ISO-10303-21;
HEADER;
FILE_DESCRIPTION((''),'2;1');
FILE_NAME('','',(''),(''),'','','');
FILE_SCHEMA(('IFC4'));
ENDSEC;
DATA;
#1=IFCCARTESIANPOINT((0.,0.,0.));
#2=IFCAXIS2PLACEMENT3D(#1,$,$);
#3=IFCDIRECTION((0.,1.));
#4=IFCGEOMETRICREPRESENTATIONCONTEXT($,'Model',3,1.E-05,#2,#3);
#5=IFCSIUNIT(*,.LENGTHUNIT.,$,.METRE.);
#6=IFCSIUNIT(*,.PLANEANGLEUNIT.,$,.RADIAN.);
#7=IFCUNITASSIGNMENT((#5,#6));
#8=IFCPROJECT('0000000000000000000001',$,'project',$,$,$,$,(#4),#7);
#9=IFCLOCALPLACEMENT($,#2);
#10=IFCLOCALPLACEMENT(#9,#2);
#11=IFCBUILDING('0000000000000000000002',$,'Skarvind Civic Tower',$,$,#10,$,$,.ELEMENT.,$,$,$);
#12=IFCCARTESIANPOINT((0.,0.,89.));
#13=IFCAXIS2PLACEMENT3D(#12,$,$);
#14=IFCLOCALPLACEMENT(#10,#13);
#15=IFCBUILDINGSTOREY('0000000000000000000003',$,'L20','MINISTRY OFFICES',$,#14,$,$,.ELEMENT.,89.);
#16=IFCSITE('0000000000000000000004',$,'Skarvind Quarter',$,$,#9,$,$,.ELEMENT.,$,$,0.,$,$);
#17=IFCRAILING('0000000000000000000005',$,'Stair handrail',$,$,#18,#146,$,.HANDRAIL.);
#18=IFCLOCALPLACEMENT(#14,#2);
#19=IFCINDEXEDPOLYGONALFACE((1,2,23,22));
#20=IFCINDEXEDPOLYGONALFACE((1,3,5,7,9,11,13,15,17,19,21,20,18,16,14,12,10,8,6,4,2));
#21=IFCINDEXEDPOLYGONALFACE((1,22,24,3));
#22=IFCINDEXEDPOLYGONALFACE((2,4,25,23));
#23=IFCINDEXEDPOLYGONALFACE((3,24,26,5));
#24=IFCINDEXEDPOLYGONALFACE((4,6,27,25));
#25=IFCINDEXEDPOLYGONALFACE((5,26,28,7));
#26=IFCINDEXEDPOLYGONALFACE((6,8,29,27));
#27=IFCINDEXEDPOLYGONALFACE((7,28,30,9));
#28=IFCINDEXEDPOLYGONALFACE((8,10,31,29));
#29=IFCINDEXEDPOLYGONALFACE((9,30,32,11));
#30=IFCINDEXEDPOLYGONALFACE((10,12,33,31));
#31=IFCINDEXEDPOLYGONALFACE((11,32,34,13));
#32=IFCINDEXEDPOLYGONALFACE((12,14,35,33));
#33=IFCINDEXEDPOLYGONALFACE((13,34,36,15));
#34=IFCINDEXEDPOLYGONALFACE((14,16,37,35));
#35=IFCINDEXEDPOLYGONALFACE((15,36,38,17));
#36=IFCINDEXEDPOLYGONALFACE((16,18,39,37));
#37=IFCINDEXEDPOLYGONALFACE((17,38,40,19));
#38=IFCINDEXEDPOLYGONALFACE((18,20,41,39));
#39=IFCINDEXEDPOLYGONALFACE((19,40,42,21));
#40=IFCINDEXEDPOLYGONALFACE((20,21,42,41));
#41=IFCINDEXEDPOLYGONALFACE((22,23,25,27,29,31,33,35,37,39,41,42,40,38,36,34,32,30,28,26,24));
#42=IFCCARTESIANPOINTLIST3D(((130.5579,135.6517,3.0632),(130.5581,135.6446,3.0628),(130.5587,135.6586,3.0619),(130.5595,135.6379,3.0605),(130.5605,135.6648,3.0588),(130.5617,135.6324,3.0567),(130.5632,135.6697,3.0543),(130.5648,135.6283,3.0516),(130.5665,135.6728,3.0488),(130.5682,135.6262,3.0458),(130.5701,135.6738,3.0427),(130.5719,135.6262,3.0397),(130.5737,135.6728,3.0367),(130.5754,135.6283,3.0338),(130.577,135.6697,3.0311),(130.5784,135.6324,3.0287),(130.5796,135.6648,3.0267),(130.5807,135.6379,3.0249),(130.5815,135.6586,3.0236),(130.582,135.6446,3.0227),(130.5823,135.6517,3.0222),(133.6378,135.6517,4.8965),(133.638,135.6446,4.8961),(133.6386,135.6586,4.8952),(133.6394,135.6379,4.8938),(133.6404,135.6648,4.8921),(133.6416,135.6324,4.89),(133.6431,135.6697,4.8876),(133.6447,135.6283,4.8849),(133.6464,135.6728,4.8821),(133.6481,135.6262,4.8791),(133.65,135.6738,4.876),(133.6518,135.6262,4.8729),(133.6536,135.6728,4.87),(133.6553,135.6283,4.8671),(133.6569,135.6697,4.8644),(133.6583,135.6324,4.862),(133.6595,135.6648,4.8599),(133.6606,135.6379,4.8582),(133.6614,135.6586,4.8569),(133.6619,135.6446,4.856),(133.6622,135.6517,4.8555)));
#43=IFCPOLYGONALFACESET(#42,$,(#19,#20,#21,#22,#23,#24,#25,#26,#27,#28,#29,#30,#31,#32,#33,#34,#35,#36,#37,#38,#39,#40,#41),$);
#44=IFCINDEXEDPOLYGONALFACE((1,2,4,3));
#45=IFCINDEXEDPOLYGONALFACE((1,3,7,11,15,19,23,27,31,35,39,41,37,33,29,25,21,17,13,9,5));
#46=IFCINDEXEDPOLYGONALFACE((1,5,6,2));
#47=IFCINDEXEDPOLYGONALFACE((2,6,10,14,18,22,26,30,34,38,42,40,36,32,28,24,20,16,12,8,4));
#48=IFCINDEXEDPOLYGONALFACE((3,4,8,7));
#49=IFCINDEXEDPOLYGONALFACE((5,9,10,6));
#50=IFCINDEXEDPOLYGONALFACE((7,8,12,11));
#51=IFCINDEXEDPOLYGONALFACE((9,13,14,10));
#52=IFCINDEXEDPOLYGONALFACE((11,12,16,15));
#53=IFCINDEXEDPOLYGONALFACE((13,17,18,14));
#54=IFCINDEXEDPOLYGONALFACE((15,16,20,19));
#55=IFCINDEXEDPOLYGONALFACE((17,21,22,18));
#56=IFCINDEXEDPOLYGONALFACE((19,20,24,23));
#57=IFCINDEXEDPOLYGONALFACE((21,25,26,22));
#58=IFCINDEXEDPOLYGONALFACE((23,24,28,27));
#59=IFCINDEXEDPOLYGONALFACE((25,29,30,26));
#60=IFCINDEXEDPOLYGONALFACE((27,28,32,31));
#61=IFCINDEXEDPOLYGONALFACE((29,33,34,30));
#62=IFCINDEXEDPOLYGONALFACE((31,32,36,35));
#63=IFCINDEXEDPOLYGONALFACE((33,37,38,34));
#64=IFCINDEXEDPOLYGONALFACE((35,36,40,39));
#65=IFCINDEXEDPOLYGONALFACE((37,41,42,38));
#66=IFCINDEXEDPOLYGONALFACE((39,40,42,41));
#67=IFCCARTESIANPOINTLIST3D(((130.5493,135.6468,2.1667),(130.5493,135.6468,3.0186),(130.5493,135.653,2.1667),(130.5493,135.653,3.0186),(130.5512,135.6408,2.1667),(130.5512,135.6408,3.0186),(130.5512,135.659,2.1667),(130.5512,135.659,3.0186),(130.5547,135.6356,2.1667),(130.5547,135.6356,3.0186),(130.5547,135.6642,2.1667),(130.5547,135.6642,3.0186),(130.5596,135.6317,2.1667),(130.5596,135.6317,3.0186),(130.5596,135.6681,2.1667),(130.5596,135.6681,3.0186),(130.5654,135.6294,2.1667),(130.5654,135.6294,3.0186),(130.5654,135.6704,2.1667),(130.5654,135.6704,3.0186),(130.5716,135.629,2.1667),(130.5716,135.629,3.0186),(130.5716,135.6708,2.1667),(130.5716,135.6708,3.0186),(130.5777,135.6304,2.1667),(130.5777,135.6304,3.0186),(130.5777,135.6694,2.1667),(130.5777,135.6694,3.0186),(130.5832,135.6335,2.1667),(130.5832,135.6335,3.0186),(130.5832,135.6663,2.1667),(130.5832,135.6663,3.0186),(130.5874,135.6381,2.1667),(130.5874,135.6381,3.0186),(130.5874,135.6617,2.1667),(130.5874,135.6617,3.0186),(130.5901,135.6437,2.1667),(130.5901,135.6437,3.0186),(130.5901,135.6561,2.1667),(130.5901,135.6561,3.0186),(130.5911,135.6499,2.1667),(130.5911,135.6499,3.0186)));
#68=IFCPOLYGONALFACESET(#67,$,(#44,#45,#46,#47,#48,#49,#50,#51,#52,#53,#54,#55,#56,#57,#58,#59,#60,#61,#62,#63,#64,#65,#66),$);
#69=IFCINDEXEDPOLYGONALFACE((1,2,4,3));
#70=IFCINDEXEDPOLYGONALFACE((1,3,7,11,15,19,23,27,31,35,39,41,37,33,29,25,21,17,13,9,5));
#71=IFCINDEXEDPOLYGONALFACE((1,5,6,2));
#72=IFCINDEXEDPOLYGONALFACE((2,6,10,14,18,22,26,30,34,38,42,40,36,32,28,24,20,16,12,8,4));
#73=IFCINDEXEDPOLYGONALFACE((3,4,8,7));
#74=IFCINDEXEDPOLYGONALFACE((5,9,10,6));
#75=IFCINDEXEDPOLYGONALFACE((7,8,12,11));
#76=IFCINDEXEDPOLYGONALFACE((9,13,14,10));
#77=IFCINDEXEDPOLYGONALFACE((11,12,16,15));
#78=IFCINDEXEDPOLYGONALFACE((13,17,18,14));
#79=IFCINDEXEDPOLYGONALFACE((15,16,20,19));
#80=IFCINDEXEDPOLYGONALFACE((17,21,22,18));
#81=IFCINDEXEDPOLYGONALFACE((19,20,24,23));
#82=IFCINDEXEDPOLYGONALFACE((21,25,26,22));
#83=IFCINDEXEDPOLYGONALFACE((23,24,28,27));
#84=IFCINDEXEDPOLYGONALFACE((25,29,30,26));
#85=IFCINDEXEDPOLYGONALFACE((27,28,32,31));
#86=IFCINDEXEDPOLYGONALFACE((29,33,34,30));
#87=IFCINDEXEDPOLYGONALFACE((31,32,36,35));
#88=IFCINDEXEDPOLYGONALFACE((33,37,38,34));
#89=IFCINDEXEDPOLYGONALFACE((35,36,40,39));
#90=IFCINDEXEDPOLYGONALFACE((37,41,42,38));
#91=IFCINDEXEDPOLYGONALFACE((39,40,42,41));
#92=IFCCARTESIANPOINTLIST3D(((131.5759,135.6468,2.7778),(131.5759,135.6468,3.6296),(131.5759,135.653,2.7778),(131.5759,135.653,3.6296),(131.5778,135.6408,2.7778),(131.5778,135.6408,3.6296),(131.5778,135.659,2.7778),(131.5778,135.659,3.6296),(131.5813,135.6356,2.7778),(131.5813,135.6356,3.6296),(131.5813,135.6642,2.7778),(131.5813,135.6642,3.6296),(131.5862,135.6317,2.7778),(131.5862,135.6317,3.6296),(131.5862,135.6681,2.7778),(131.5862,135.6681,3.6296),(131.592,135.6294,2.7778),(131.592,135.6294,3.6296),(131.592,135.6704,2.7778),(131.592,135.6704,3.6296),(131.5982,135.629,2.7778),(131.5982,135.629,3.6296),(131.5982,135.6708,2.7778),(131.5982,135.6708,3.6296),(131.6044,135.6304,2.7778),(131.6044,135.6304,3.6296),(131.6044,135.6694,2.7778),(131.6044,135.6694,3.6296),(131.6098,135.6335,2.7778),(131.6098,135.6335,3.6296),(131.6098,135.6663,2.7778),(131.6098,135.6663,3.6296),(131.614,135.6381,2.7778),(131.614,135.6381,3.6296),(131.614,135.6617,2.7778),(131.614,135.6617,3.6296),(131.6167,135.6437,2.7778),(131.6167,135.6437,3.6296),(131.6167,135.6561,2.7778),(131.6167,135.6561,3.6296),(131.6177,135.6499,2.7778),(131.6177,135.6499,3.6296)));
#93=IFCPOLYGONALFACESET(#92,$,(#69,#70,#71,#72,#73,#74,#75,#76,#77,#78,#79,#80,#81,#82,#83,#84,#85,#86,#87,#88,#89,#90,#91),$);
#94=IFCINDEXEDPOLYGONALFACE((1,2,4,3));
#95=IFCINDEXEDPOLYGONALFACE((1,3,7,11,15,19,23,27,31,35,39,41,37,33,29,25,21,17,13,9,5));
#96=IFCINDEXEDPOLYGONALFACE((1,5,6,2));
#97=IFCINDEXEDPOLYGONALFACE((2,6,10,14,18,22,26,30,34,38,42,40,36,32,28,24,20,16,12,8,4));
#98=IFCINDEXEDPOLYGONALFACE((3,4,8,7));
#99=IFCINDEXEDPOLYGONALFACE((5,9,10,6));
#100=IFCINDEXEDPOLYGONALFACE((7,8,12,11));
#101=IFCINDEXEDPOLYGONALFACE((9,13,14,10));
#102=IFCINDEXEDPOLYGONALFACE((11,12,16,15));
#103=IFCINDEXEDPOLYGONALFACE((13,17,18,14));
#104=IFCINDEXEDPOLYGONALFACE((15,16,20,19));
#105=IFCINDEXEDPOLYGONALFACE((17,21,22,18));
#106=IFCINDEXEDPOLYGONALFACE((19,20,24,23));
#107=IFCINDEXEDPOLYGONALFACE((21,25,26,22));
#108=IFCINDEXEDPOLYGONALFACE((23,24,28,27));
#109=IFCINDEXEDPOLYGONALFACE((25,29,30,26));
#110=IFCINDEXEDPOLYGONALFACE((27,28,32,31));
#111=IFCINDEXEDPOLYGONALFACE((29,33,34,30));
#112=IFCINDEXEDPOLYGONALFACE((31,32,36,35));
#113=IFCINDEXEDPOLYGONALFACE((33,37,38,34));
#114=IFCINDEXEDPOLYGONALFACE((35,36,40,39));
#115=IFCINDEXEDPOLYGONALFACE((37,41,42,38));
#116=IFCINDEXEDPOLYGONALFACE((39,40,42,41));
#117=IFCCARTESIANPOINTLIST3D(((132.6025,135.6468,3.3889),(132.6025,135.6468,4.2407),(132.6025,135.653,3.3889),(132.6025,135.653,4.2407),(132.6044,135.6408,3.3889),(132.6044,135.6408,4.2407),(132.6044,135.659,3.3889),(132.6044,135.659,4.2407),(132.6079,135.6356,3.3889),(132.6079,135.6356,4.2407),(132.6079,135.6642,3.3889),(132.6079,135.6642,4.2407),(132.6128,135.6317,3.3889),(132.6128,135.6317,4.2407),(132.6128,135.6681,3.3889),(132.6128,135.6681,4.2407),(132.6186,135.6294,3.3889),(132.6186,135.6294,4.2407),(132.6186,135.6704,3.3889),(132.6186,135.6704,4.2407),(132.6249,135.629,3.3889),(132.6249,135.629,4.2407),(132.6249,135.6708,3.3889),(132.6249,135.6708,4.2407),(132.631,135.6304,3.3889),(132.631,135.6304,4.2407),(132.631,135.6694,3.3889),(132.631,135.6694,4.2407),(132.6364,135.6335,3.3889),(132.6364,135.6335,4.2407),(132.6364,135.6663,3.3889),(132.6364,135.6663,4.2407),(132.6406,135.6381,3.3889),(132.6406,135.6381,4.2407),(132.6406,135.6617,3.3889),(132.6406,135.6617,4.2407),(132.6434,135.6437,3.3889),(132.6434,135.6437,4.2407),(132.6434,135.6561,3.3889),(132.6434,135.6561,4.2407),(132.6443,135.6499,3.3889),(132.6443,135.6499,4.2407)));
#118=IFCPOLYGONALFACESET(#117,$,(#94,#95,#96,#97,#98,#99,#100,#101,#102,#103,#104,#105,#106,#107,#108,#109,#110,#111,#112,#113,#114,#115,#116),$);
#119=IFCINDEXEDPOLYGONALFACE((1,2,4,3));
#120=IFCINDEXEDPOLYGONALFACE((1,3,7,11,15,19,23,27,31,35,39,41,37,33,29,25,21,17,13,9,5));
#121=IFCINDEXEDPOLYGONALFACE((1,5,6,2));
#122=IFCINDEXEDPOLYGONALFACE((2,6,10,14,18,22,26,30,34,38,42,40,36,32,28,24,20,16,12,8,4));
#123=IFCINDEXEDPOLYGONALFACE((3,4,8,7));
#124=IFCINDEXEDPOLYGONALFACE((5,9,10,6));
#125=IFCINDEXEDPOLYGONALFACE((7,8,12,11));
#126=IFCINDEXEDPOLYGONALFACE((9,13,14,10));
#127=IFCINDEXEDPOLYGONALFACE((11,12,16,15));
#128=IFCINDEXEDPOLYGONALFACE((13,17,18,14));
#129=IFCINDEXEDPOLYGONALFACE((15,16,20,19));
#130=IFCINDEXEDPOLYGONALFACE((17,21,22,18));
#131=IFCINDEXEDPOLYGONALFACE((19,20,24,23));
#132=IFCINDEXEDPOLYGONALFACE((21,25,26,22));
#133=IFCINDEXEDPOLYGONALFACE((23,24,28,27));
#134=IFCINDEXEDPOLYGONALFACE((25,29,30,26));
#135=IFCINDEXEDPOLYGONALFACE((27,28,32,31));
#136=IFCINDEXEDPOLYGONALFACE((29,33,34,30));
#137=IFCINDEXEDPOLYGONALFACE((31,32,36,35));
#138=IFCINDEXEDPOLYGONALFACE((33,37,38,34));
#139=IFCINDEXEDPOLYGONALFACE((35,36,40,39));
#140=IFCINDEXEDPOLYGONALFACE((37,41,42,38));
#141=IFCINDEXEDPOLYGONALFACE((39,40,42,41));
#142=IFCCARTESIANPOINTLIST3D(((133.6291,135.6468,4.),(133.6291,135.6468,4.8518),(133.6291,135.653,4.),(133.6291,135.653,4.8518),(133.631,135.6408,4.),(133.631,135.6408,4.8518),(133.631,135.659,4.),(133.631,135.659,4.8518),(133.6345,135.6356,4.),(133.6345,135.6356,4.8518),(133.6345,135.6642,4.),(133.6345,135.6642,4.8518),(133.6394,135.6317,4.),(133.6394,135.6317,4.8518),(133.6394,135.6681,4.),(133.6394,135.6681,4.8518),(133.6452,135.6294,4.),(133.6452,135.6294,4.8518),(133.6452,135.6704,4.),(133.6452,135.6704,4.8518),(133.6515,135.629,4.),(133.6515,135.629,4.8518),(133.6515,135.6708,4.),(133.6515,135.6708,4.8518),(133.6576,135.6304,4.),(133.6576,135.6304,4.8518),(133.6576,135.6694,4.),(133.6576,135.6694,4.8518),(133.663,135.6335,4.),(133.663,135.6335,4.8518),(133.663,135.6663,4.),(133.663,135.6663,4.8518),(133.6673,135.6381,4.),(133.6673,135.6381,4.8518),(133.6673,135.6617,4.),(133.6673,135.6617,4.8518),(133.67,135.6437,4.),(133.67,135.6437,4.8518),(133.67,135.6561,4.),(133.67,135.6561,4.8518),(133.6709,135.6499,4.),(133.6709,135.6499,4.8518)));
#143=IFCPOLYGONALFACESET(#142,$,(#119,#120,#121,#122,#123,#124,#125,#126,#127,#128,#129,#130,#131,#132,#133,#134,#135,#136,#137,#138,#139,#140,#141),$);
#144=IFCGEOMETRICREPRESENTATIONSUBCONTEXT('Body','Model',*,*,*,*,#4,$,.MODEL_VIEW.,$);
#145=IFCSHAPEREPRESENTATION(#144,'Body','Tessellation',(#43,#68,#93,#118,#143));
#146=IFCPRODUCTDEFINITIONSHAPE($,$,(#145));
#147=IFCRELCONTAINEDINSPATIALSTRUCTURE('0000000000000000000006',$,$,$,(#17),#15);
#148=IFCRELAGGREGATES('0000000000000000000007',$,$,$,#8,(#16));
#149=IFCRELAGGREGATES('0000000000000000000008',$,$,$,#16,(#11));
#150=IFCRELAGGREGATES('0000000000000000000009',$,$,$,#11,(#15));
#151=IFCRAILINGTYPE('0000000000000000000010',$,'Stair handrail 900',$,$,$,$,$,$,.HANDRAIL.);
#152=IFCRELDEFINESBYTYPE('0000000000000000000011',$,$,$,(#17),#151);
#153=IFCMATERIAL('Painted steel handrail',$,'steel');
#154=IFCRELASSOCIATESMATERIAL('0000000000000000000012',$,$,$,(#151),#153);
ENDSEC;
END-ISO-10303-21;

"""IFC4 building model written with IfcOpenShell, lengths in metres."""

from ifc_helpers import new_model, si_unit, direction, frame, origin, origin_2d, place, context, subcontext, project, spatial, circle, extrude, material, type_object, element, save


model = new_model("IFC4")

# Units and contexts
model_context = context("Model", 3, precision=1e-05, world=origin(), true_north=direction((0.0, 1.0)))
body_context = subcontext(model_context, "Body", "Model", "MODEL_VIEW")
ifc_project = project(units=[si_unit("LENGTHUNIT", "METRE"), si_unit("PLANEANGLEUNIT", "RADIAN")], contexts=[model_context])

# Site, building, storey
site_placement = place(None, origin())
site = spatial("IfcSite", under=ifc_project, at=site_placement, Name="Skarvind Quarter", CompositionType="ELEMENT", RefElevation=0.0)
building_placement = place(site_placement, origin())
building = spatial("IfcBuilding", under=site, at=building_placement, Name="Skarvind Civic Tower", CompositionType="ELEMENT")
storey_placement = place(building_placement, frame((0.0, 0.0, 89.0)))
storey = spatial("IfcBuildingStorey", under=building, at=storey_placement, Name="L20", Description="MINISTRY OFFICES", CompositionType="ELEMENT", Elevation=89.0)

# Railing
ifc_material_1 = material(Name="Painted steel handrail", Category="steel")
railing_type = type_object("IfcRailingType", Name="Stair handrail 900", PredefinedType="HANDRAIL", material=ifc_material_1)
railing_1_placement = place(storey_placement, frame((130.5701, 135.6499, 2.1667)))
element("IfcRailing", 1, at=railing_1_placement, inside=storey, type_object=railing_type, Name="Stair handrail", PredefinedType="HANDRAIL", context=body_context, shape_type="SweptSolid", body=[
    extrude(circle(Radius=0.0239, at=origin_2d()), frame((0.0, 0.0, 0.876), z_axis=(0.859291, 0.0, 0.511487), x_axis=(0.0, 1.0, 0.0)), (0.0, 0.0, 1.0), 3.5842),
    extrude(circle(Radius=0.021, at=origin_2d()), origin(), (0.0, 0.0, 1.0), 0.8518),
    extrude(circle(Radius=0.021, at=origin_2d()), frame((1.0266, 0.0, 0.6111)), (0.0, 0.0, 1.0), 0.8518),
    extrude(circle(Radius=0.021, at=origin_2d()), frame((2.0532, 0.0, 1.2222)), (0.0, 0.0, 1.0), 0.8518),
    extrude(circle(Radius=0.021, at=origin_2d()), frame((3.0798, 0.0, 1.8333)), (0.0, 0.0, 1.0), 0.8518),
])

save(model, "model.ifc")
